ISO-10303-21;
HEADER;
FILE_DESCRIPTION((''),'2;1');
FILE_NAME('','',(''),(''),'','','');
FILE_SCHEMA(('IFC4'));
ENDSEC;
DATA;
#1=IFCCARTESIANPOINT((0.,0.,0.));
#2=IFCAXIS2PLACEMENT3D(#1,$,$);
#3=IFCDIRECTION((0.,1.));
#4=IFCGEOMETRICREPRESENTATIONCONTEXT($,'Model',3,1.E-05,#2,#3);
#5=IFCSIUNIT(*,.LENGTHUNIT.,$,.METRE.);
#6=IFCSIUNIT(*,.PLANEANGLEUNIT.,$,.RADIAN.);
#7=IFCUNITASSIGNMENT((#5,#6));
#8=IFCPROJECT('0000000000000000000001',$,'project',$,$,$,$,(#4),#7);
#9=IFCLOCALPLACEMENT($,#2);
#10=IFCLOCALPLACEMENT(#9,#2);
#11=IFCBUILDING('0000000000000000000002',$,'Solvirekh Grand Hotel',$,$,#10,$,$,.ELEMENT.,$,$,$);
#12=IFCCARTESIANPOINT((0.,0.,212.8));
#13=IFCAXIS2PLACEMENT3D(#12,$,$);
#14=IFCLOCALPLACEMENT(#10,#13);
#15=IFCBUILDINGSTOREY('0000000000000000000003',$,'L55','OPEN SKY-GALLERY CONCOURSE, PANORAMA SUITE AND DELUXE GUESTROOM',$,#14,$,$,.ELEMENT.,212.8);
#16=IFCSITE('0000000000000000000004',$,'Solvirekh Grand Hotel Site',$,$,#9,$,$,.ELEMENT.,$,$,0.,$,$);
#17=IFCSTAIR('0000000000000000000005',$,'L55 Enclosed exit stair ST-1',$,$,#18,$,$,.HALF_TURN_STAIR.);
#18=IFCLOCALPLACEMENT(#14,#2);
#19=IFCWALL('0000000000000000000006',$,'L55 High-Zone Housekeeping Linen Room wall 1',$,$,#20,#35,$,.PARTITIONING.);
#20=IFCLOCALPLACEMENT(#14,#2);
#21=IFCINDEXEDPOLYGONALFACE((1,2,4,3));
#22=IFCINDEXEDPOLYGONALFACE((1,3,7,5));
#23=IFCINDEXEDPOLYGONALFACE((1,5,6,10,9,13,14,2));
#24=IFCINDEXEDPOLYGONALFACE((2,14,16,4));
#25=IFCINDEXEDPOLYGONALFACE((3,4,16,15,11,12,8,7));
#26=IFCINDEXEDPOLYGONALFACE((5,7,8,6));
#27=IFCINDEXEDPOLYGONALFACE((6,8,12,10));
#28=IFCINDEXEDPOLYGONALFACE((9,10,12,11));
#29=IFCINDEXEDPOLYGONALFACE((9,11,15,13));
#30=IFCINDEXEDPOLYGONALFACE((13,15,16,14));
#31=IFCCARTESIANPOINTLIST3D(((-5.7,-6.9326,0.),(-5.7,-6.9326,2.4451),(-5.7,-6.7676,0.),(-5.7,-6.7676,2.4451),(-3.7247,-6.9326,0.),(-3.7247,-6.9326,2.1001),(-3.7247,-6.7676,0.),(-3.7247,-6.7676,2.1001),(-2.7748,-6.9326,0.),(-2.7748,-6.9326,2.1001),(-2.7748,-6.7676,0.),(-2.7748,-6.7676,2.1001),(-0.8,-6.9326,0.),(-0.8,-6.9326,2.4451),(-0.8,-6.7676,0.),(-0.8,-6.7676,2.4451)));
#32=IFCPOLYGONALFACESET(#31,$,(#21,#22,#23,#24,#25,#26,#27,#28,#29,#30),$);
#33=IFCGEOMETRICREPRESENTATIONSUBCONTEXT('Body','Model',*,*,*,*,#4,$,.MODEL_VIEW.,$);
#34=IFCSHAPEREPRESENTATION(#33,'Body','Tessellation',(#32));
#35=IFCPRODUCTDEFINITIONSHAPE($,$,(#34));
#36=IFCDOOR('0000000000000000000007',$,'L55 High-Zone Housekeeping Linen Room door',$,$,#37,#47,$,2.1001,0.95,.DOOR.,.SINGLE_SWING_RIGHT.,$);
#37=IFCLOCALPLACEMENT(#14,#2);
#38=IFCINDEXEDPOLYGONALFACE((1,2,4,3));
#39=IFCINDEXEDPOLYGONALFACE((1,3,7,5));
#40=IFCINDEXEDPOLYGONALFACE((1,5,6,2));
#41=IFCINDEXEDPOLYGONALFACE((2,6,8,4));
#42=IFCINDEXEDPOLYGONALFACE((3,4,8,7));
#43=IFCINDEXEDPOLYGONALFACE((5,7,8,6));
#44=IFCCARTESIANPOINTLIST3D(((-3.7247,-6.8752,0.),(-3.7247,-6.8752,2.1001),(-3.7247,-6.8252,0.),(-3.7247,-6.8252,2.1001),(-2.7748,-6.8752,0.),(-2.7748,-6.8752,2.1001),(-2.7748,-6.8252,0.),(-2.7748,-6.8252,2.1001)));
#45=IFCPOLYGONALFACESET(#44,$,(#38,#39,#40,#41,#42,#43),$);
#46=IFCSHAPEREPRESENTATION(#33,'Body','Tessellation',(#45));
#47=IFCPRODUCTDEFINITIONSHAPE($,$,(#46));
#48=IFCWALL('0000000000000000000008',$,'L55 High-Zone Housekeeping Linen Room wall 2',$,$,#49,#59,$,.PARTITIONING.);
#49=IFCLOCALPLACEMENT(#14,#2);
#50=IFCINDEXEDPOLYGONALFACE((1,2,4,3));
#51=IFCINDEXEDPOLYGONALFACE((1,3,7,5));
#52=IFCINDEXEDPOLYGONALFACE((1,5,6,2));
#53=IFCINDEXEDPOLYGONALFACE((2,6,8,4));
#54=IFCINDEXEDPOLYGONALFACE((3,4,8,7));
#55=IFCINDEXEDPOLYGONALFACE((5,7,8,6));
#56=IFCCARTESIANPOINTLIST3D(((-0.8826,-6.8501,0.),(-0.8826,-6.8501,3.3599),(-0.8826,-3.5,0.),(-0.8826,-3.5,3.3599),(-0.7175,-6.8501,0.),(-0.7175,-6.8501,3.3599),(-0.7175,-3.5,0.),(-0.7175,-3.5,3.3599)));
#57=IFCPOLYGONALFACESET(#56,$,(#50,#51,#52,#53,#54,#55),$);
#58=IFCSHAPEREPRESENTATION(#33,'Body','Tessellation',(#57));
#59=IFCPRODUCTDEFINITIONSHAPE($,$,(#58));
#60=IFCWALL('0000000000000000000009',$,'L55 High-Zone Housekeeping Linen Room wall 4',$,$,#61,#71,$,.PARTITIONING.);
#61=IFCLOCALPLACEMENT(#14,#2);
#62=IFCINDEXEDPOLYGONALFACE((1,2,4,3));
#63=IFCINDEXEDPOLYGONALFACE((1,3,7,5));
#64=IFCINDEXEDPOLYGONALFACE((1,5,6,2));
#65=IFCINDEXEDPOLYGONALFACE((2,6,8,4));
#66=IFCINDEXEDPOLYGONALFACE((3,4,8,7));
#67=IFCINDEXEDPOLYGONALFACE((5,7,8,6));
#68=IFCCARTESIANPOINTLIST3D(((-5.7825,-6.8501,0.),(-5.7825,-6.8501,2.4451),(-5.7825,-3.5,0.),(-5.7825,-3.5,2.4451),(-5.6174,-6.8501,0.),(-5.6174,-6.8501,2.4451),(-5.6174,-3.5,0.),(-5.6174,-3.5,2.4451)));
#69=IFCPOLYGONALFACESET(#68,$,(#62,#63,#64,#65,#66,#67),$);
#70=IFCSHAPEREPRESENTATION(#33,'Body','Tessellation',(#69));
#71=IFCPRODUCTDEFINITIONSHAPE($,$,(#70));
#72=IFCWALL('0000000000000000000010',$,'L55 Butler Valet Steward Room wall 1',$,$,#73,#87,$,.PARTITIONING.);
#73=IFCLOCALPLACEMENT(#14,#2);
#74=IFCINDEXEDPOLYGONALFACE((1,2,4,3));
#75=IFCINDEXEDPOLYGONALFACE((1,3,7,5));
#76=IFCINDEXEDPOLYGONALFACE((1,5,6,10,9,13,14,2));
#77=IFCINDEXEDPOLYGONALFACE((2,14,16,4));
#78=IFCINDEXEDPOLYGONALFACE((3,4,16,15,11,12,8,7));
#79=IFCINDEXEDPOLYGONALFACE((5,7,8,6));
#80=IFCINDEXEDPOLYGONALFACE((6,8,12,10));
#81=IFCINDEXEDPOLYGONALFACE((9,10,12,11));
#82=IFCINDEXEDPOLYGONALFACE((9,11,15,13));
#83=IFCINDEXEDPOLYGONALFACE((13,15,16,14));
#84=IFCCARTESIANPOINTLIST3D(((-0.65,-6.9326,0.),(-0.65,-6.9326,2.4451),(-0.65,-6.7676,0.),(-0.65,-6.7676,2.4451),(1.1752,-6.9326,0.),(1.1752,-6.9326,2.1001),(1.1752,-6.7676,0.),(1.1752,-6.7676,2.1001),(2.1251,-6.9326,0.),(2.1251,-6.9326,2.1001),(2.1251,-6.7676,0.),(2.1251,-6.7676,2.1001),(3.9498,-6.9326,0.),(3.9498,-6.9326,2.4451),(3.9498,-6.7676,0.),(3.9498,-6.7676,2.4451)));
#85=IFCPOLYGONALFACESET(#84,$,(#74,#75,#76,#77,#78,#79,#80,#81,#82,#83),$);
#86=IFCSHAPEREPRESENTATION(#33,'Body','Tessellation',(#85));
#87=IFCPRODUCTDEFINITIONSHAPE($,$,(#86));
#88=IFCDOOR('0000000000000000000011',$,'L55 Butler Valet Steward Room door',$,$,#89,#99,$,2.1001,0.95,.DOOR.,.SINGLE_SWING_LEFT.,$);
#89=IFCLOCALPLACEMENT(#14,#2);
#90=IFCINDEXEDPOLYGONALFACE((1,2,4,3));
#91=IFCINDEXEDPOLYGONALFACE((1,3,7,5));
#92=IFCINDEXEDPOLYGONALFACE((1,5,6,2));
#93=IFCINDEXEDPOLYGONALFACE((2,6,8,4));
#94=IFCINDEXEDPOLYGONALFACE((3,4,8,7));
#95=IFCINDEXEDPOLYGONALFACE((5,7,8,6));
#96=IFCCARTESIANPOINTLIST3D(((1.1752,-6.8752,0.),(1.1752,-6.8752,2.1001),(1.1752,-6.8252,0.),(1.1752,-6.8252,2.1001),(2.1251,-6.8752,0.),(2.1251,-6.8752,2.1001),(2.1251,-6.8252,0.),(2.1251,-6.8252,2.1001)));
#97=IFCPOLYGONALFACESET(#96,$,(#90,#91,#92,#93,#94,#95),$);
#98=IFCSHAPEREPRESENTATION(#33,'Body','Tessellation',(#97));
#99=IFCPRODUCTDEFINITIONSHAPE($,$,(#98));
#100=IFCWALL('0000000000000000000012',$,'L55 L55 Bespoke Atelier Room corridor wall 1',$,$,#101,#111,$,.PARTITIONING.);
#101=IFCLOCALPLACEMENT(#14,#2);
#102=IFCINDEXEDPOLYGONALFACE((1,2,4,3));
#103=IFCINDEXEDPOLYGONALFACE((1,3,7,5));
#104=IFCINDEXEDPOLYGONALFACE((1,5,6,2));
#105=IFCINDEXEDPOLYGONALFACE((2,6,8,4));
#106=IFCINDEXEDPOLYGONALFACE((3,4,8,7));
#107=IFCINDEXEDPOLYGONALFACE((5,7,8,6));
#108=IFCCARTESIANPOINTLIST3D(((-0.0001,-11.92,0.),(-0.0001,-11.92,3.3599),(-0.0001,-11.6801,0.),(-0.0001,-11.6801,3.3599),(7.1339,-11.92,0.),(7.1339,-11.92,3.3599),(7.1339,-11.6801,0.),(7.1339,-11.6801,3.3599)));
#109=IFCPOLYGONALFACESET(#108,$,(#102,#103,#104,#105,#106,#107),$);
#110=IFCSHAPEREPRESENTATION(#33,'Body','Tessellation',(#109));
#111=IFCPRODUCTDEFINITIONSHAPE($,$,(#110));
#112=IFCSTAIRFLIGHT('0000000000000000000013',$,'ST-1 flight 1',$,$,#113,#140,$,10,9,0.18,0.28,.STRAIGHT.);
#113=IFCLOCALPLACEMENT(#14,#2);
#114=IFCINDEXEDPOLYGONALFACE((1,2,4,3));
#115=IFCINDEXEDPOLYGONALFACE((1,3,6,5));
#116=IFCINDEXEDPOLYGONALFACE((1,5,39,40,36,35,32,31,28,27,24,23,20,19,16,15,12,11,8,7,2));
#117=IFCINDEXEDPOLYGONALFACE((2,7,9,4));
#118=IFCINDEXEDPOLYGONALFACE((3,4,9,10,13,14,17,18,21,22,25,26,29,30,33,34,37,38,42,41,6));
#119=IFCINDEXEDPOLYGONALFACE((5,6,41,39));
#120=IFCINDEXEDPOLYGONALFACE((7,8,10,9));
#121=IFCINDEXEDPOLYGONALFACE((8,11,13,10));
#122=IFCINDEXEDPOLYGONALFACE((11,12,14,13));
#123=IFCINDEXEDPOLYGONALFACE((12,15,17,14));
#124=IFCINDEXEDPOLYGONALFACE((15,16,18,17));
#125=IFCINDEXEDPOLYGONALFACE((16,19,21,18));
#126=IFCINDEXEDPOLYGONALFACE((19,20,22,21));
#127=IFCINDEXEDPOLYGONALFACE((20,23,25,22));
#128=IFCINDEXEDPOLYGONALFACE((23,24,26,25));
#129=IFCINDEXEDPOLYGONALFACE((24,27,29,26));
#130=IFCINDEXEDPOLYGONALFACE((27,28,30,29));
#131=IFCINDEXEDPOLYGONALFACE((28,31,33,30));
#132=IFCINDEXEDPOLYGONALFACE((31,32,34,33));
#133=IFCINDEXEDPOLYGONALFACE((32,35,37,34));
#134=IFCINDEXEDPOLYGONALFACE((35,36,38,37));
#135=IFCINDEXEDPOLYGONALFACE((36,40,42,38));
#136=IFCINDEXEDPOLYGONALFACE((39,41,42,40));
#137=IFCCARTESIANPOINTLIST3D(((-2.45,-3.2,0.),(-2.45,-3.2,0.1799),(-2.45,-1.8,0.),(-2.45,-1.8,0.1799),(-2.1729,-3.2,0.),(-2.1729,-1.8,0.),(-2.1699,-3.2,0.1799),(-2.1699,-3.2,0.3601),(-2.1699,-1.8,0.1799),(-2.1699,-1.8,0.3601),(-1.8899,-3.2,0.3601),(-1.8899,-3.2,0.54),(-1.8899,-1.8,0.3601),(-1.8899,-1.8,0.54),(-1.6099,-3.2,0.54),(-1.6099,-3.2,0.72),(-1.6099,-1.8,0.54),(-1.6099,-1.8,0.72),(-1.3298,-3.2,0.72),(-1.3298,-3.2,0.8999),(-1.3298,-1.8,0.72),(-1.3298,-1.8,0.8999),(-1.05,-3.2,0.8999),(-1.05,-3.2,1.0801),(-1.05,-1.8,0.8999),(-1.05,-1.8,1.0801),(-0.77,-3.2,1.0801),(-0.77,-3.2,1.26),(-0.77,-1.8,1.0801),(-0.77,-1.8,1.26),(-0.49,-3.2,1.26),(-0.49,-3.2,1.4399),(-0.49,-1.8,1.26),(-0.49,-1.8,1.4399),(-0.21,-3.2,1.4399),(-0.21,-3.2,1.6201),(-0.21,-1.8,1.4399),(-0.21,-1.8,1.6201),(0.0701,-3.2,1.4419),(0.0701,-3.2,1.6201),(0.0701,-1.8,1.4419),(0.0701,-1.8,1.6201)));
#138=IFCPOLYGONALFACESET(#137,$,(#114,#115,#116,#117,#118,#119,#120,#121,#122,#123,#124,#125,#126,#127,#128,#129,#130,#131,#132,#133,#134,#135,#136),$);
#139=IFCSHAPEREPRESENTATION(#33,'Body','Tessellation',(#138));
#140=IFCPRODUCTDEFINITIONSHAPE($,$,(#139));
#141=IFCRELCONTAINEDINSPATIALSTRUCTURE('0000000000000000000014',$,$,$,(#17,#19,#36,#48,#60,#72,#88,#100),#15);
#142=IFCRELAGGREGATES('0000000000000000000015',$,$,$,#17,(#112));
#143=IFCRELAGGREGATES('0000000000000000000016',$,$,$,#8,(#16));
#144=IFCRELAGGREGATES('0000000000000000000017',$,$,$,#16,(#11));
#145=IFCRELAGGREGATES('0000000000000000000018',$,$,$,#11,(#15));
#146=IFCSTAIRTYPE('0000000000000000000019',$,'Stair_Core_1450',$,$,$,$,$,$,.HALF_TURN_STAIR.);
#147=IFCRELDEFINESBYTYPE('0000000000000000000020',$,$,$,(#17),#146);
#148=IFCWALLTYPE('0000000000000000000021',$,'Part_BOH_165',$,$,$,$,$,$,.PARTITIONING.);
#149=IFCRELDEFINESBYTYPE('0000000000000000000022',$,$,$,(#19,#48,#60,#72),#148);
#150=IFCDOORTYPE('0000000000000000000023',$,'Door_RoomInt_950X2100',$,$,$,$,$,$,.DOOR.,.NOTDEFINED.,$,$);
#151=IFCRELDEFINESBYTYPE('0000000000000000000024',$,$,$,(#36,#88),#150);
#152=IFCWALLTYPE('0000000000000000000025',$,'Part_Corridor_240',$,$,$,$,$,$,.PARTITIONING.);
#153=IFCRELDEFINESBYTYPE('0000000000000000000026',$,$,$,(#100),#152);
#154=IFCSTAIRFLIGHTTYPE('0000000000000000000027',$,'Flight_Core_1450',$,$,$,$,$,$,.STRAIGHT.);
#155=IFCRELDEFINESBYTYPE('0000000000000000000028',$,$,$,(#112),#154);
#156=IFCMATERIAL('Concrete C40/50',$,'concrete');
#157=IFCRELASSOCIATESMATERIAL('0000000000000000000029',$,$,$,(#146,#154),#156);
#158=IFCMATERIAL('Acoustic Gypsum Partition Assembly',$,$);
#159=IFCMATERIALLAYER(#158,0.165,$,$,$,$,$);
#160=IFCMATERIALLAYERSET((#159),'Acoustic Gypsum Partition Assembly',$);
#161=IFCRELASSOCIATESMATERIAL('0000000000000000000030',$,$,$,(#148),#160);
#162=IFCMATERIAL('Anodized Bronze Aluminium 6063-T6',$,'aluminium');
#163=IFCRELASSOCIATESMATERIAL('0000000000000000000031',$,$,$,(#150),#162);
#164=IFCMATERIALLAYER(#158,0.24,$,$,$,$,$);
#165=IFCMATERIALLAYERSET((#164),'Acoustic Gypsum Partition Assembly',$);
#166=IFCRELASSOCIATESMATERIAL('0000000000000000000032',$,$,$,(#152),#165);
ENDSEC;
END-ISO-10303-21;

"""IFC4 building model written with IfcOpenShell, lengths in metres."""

from ifc_helpers import new_model, si_unit, direction, frame, frame_2d, origin, place, context, subcontext, project, spatial, polyline, rectangle, outline, extrude, material, layer, layer_set, type_object, element, fill, aggregate, save


model = new_model("IFC4")

# Units and contexts
model_context = context("Model", 3, precision=1e-05, world=origin(), true_north=direction((0.0, 1.0)))
body_context = subcontext(model_context, "Body", "Model", "MODEL_VIEW")
ifc_project = project(units=[si_unit("LENGTHUNIT", "METRE"), si_unit("PLANEANGLEUNIT", "RADIAN")], contexts=[model_context])

# Site, building, storey
site_placement = place(None, origin())
site = spatial("IfcSite", under=ifc_project, at=site_placement, Name="Solvirekh Grand Hotel Site", CompositionType="ELEMENT", RefElevation=0.0)
building_placement = place(site_placement, origin())
building = spatial("IfcBuilding", under=site, at=building_placement, Name="Solvirekh Grand Hotel", CompositionType="ELEMENT")
storey_placement = place(building_placement, frame((0.0, 0.0, 212.8)))
storey = spatial("IfcBuildingStorey", under=building, at=storey_placement, Name="L55", Description="OPEN SKY-GALLERY CONCOURSE, PANORAMA SUITE AND DELUXE GUESTROOM", CompositionType="ELEMENT", Elevation=212.8)

# Shared definitions
ifc_material_1 = material(Name="Anodized Bronze Aluminium 6063-T6", Category="aluminium")

# Stair
ifc_material_2 = material(Name="Concrete C40/50", Category="concrete")
stair_type = type_object("IfcStairType", Name="Stair_Core_1450", PredefinedType="HALF_TURN_STAIR", material=ifc_material_2)
stair_1_placement = place(storey_placement, origin())
stair_1 = element("IfcStair", 1, at=stair_1_placement, inside=storey, type_object=stair_type, Name="L55 Enclosed exit stair ST-1", PredefinedType="HALF_TURN_STAIR")

# Wall, opening, door
ifc_material_3 = material(Name="Acoustic Gypsum Partition Assembly")
ifc_layer_1 = layer(ifc_material_3, 0.165)
ifc_layer_set_1 = layer_set([ifc_layer_1], Name="Acoustic Gypsum Partition Assembly")
wall_type_1 = type_object("IfcWallType", Name="Part_BOH_165", PredefinedType="PARTITIONING", material=ifc_layer_set_1)
wall_1_placement = place(storey_placement, frame((-5.7, -6.8501, 0.0), z_axis=(0.0, 0.0, 1.0), x_axis=(1.0, 0.0, 0.0)))
wall_1 = element("IfcWall", 2, at=wall_1_placement, inside=storey, type_object=wall_type_1, Name="L55 High-Zone Housekeeping Linen Room wall 1", PredefinedType="PARTITIONING", context=body_context, shape_type="SweptSolid", body=[
    extrude(rectangle(XDim=4.8999, YDim=0.165, at=frame_2d((2.45, 0.0))), origin(), (0.0, 0.0, 1.0), 2.4451),
])
opening_1_placement = place(wall_1_placement, frame((1.9751, 0.0, 0.0)))
opening_1 = element("IfcOpeningElement", 3, at=opening_1_placement, cuts=wall_1, PredefinedType="OPENING", context=body_context, shape_type="SweptSolid", body=[
    extrude(rectangle(XDim=0.95, YDim=2.1001, at=frame_2d((0.4751, 1.05))), frame((0.0, 0.0925, 0.0), z_axis=(0.0, -1.0, 0.0), x_axis=(1.0, 0.0, 0.0)), (0.0, 0.0, 1.0), 0.1851),
])
door_type_1 = type_object("IfcDoorType", Name="Door_RoomInt_950X2100", OperationType="NOTDEFINED", PredefinedType="DOOR", material=ifc_material_1)
door_1_placement = place(opening_1_placement, origin())
door_1 = element("IfcDoor", 4, at=door_1_placement, inside=storey, type_object=door_type_1, Name="L55 High-Zone Housekeeping Linen Room door", OperationType="SINGLE_SWING_RIGHT", OverallHeight=2.1001, OverallWidth=0.95, PredefinedType="DOOR", context=body_context, shape_type="SweptSolid", body=[
    extrude(rectangle(XDim=0.95, YDim=2.1001, at=frame_2d((0.4751, 1.05))), frame((0.0, 0.0249, 0.0), z_axis=(0.0, -1.0, 0.0), x_axis=(1.0, 0.0, 0.0)), (0.0, 0.0, 1.0), 0.05),
])
fill(opening_1, door_1)

# Walls
wall_2_placement = place(storey_placement, frame((-0.8, -6.8501, 0.0), z_axis=(0.0, 0.0, 1.0), x_axis=(0.0, 1.0, 0.0)))
element("IfcWall", 5, at=wall_2_placement, inside=storey, type_object=wall_type_1, Name="L55 High-Zone Housekeeping Linen Room wall 2", PredefinedType="PARTITIONING", context=body_context, shape_type="SweptSolid", body=[
    extrude(rectangle(XDim=3.3501, YDim=0.165, at=frame_2d((1.675, 0.0))), origin(), (0.0, 0.0, 1.0), 3.3599),
])
wall_3_placement = place(storey_placement, frame((-5.7, -3.5, 0.0), z_axis=(0.0, 0.0, 1.0), x_axis=(0.0, -1.0, 0.0)))
element("IfcWall", 6, at=wall_3_placement, inside=storey, type_object=wall_type_1, Name="L55 High-Zone Housekeeping Linen Room wall 4", PredefinedType="PARTITIONING", context=body_context, shape_type="SweptSolid", body=[
    extrude(rectangle(XDim=3.3501, YDim=0.165, at=frame_2d((1.675, 0.0))), origin(), (0.0, 0.0, 1.0), 2.4451),
])

# Wall, opening, door
wall_4_placement = place(storey_placement, frame((-0.6499, -6.8501, 0.0), z_axis=(0.0, 0.0, 1.0), x_axis=(1.0, 0.0, 0.0)))
wall_4 = element("IfcWall", 7, at=wall_4_placement, inside=storey, type_object=wall_type_1, Name="L55 Butler Valet Steward Room wall 1", PredefinedType="PARTITIONING", context=body_context, shape_type="SweptSolid", body=[
    extrude(rectangle(XDim=4.5999, YDim=0.165, at=frame_2d((2.2998, 0.0))), origin(), (0.0, 0.0, 1.0), 2.4451),
])
opening_2_placement = place(wall_4_placement, frame((1.825, 0.0, 0.0)))
opening_2 = element("IfcOpeningElement", 8, at=opening_2_placement, cuts=wall_4, PredefinedType="OPENING", context=body_context, shape_type="SweptSolid", body=[
    extrude(rectangle(XDim=0.95, YDim=2.1001, at=frame_2d((0.4751, 1.05))), frame((0.0, 0.0925, 0.0), z_axis=(0.0, -1.0, 0.0), x_axis=(1.0, 0.0, 0.0)), (0.0, 0.0, 1.0), 0.1851),
])
door_2_placement = place(opening_2_placement, origin())
door_2 = element("IfcDoor", 9, at=door_2_placement, inside=storey, type_object=door_type_1, Name="L55 Butler Valet Steward Room door", OperationType="SINGLE_SWING_LEFT", OverallHeight=2.1001, OverallWidth=0.95, PredefinedType="DOOR", context=body_context, shape_type="SweptSolid", body=[
    extrude(rectangle(XDim=0.95, YDim=2.1001, at=frame_2d((0.4751, 1.05))), frame((0.0, 0.0249, 0.0), z_axis=(0.0, -1.0, 0.0), x_axis=(1.0, 0.0, 0.0)), (0.0, 0.0, 1.0), 0.05),
])
fill(opening_2, door_2)

# Wall
ifc_layer_2 = layer(ifc_material_3, 0.24)
ifc_layer_set_2 = layer_set([ifc_layer_2], Name="Acoustic Gypsum Partition Assembly")
wall_type_2 = type_object("IfcWallType", Name="Part_Corridor_240", PredefinedType="PARTITIONING", material=ifc_layer_set_2)
wall_5_placement = place(storey_placement, frame((0.0, -11.8, 0.0), z_axis=(0.0, 0.0, 1.0), x_axis=(1.0, 0.0, 0.0)))
element("IfcWall", 10, at=wall_5_placement, inside=storey, type_object=wall_type_2, Name="L55 L55 Bespoke Atelier Room corridor wall 1", PredefinedType="PARTITIONING", context=body_context, shape_type="SweptSolid", body=[
    extrude(rectangle(XDim=7.134, YDim=0.24, at=frame_2d((3.5669, 0.0))), origin(), (0.0, 0.0, 1.0), 3.3599),
])

# Stair flight
stair_flight_type = type_object("IfcStairFlightType", Name="Flight_Core_1450", PredefinedType="STRAIGHT", material=ifc_material_2)
stair_flight_placement = place(storey_placement, frame((-2.45, -2.5, 0.0), z_axis=(0.0, 0.0, 1.0), x_axis=(1.0, 0.0, 0.0)))
stair_flight = element("IfcStairFlight", 11, at=stair_flight_placement, type_object=stair_flight_type, Name="ST-1 flight 1", NumberOfRisers=10, NumberOfTreads=9, PredefinedType="STRAIGHT", RiserHeight=0.18, TreadLength=0.28, context=body_context, shape_type="SweptSolid", body=[
    extrude(outline(polyline([(0.0, 0.0), (0.0, 0.1799), (0.28, 0.1799), (0.28, 0.3601), (0.5601, 0.3601), (0.5601, 0.54), (0.8401, 0.54), (0.8401, 0.72), (1.1201, 0.72), (1.1201, 0.8999), (1.3999, 0.8999), (1.3999, 1.0801), (1.6799, 1.0801), (1.6799, 1.26), (1.96, 1.26), (1.96, 1.4399), (2.24, 1.4399), (2.24, 1.6201), (2.52, 1.6201), (2.52, 1.8), (2.52, 1.4419), (0.2771, 0.0), (0.0, 0.0)])), frame((0.0, 0.7, 0.0), z_axis=(0.0, -1.0, 0.0), x_axis=(1.0, 0.0, 0.0)), (0.0, 0.0, 1.0), 1.3999),
])
aggregate(stair_1, [stair_flight])

save(model, "model.ifc")
